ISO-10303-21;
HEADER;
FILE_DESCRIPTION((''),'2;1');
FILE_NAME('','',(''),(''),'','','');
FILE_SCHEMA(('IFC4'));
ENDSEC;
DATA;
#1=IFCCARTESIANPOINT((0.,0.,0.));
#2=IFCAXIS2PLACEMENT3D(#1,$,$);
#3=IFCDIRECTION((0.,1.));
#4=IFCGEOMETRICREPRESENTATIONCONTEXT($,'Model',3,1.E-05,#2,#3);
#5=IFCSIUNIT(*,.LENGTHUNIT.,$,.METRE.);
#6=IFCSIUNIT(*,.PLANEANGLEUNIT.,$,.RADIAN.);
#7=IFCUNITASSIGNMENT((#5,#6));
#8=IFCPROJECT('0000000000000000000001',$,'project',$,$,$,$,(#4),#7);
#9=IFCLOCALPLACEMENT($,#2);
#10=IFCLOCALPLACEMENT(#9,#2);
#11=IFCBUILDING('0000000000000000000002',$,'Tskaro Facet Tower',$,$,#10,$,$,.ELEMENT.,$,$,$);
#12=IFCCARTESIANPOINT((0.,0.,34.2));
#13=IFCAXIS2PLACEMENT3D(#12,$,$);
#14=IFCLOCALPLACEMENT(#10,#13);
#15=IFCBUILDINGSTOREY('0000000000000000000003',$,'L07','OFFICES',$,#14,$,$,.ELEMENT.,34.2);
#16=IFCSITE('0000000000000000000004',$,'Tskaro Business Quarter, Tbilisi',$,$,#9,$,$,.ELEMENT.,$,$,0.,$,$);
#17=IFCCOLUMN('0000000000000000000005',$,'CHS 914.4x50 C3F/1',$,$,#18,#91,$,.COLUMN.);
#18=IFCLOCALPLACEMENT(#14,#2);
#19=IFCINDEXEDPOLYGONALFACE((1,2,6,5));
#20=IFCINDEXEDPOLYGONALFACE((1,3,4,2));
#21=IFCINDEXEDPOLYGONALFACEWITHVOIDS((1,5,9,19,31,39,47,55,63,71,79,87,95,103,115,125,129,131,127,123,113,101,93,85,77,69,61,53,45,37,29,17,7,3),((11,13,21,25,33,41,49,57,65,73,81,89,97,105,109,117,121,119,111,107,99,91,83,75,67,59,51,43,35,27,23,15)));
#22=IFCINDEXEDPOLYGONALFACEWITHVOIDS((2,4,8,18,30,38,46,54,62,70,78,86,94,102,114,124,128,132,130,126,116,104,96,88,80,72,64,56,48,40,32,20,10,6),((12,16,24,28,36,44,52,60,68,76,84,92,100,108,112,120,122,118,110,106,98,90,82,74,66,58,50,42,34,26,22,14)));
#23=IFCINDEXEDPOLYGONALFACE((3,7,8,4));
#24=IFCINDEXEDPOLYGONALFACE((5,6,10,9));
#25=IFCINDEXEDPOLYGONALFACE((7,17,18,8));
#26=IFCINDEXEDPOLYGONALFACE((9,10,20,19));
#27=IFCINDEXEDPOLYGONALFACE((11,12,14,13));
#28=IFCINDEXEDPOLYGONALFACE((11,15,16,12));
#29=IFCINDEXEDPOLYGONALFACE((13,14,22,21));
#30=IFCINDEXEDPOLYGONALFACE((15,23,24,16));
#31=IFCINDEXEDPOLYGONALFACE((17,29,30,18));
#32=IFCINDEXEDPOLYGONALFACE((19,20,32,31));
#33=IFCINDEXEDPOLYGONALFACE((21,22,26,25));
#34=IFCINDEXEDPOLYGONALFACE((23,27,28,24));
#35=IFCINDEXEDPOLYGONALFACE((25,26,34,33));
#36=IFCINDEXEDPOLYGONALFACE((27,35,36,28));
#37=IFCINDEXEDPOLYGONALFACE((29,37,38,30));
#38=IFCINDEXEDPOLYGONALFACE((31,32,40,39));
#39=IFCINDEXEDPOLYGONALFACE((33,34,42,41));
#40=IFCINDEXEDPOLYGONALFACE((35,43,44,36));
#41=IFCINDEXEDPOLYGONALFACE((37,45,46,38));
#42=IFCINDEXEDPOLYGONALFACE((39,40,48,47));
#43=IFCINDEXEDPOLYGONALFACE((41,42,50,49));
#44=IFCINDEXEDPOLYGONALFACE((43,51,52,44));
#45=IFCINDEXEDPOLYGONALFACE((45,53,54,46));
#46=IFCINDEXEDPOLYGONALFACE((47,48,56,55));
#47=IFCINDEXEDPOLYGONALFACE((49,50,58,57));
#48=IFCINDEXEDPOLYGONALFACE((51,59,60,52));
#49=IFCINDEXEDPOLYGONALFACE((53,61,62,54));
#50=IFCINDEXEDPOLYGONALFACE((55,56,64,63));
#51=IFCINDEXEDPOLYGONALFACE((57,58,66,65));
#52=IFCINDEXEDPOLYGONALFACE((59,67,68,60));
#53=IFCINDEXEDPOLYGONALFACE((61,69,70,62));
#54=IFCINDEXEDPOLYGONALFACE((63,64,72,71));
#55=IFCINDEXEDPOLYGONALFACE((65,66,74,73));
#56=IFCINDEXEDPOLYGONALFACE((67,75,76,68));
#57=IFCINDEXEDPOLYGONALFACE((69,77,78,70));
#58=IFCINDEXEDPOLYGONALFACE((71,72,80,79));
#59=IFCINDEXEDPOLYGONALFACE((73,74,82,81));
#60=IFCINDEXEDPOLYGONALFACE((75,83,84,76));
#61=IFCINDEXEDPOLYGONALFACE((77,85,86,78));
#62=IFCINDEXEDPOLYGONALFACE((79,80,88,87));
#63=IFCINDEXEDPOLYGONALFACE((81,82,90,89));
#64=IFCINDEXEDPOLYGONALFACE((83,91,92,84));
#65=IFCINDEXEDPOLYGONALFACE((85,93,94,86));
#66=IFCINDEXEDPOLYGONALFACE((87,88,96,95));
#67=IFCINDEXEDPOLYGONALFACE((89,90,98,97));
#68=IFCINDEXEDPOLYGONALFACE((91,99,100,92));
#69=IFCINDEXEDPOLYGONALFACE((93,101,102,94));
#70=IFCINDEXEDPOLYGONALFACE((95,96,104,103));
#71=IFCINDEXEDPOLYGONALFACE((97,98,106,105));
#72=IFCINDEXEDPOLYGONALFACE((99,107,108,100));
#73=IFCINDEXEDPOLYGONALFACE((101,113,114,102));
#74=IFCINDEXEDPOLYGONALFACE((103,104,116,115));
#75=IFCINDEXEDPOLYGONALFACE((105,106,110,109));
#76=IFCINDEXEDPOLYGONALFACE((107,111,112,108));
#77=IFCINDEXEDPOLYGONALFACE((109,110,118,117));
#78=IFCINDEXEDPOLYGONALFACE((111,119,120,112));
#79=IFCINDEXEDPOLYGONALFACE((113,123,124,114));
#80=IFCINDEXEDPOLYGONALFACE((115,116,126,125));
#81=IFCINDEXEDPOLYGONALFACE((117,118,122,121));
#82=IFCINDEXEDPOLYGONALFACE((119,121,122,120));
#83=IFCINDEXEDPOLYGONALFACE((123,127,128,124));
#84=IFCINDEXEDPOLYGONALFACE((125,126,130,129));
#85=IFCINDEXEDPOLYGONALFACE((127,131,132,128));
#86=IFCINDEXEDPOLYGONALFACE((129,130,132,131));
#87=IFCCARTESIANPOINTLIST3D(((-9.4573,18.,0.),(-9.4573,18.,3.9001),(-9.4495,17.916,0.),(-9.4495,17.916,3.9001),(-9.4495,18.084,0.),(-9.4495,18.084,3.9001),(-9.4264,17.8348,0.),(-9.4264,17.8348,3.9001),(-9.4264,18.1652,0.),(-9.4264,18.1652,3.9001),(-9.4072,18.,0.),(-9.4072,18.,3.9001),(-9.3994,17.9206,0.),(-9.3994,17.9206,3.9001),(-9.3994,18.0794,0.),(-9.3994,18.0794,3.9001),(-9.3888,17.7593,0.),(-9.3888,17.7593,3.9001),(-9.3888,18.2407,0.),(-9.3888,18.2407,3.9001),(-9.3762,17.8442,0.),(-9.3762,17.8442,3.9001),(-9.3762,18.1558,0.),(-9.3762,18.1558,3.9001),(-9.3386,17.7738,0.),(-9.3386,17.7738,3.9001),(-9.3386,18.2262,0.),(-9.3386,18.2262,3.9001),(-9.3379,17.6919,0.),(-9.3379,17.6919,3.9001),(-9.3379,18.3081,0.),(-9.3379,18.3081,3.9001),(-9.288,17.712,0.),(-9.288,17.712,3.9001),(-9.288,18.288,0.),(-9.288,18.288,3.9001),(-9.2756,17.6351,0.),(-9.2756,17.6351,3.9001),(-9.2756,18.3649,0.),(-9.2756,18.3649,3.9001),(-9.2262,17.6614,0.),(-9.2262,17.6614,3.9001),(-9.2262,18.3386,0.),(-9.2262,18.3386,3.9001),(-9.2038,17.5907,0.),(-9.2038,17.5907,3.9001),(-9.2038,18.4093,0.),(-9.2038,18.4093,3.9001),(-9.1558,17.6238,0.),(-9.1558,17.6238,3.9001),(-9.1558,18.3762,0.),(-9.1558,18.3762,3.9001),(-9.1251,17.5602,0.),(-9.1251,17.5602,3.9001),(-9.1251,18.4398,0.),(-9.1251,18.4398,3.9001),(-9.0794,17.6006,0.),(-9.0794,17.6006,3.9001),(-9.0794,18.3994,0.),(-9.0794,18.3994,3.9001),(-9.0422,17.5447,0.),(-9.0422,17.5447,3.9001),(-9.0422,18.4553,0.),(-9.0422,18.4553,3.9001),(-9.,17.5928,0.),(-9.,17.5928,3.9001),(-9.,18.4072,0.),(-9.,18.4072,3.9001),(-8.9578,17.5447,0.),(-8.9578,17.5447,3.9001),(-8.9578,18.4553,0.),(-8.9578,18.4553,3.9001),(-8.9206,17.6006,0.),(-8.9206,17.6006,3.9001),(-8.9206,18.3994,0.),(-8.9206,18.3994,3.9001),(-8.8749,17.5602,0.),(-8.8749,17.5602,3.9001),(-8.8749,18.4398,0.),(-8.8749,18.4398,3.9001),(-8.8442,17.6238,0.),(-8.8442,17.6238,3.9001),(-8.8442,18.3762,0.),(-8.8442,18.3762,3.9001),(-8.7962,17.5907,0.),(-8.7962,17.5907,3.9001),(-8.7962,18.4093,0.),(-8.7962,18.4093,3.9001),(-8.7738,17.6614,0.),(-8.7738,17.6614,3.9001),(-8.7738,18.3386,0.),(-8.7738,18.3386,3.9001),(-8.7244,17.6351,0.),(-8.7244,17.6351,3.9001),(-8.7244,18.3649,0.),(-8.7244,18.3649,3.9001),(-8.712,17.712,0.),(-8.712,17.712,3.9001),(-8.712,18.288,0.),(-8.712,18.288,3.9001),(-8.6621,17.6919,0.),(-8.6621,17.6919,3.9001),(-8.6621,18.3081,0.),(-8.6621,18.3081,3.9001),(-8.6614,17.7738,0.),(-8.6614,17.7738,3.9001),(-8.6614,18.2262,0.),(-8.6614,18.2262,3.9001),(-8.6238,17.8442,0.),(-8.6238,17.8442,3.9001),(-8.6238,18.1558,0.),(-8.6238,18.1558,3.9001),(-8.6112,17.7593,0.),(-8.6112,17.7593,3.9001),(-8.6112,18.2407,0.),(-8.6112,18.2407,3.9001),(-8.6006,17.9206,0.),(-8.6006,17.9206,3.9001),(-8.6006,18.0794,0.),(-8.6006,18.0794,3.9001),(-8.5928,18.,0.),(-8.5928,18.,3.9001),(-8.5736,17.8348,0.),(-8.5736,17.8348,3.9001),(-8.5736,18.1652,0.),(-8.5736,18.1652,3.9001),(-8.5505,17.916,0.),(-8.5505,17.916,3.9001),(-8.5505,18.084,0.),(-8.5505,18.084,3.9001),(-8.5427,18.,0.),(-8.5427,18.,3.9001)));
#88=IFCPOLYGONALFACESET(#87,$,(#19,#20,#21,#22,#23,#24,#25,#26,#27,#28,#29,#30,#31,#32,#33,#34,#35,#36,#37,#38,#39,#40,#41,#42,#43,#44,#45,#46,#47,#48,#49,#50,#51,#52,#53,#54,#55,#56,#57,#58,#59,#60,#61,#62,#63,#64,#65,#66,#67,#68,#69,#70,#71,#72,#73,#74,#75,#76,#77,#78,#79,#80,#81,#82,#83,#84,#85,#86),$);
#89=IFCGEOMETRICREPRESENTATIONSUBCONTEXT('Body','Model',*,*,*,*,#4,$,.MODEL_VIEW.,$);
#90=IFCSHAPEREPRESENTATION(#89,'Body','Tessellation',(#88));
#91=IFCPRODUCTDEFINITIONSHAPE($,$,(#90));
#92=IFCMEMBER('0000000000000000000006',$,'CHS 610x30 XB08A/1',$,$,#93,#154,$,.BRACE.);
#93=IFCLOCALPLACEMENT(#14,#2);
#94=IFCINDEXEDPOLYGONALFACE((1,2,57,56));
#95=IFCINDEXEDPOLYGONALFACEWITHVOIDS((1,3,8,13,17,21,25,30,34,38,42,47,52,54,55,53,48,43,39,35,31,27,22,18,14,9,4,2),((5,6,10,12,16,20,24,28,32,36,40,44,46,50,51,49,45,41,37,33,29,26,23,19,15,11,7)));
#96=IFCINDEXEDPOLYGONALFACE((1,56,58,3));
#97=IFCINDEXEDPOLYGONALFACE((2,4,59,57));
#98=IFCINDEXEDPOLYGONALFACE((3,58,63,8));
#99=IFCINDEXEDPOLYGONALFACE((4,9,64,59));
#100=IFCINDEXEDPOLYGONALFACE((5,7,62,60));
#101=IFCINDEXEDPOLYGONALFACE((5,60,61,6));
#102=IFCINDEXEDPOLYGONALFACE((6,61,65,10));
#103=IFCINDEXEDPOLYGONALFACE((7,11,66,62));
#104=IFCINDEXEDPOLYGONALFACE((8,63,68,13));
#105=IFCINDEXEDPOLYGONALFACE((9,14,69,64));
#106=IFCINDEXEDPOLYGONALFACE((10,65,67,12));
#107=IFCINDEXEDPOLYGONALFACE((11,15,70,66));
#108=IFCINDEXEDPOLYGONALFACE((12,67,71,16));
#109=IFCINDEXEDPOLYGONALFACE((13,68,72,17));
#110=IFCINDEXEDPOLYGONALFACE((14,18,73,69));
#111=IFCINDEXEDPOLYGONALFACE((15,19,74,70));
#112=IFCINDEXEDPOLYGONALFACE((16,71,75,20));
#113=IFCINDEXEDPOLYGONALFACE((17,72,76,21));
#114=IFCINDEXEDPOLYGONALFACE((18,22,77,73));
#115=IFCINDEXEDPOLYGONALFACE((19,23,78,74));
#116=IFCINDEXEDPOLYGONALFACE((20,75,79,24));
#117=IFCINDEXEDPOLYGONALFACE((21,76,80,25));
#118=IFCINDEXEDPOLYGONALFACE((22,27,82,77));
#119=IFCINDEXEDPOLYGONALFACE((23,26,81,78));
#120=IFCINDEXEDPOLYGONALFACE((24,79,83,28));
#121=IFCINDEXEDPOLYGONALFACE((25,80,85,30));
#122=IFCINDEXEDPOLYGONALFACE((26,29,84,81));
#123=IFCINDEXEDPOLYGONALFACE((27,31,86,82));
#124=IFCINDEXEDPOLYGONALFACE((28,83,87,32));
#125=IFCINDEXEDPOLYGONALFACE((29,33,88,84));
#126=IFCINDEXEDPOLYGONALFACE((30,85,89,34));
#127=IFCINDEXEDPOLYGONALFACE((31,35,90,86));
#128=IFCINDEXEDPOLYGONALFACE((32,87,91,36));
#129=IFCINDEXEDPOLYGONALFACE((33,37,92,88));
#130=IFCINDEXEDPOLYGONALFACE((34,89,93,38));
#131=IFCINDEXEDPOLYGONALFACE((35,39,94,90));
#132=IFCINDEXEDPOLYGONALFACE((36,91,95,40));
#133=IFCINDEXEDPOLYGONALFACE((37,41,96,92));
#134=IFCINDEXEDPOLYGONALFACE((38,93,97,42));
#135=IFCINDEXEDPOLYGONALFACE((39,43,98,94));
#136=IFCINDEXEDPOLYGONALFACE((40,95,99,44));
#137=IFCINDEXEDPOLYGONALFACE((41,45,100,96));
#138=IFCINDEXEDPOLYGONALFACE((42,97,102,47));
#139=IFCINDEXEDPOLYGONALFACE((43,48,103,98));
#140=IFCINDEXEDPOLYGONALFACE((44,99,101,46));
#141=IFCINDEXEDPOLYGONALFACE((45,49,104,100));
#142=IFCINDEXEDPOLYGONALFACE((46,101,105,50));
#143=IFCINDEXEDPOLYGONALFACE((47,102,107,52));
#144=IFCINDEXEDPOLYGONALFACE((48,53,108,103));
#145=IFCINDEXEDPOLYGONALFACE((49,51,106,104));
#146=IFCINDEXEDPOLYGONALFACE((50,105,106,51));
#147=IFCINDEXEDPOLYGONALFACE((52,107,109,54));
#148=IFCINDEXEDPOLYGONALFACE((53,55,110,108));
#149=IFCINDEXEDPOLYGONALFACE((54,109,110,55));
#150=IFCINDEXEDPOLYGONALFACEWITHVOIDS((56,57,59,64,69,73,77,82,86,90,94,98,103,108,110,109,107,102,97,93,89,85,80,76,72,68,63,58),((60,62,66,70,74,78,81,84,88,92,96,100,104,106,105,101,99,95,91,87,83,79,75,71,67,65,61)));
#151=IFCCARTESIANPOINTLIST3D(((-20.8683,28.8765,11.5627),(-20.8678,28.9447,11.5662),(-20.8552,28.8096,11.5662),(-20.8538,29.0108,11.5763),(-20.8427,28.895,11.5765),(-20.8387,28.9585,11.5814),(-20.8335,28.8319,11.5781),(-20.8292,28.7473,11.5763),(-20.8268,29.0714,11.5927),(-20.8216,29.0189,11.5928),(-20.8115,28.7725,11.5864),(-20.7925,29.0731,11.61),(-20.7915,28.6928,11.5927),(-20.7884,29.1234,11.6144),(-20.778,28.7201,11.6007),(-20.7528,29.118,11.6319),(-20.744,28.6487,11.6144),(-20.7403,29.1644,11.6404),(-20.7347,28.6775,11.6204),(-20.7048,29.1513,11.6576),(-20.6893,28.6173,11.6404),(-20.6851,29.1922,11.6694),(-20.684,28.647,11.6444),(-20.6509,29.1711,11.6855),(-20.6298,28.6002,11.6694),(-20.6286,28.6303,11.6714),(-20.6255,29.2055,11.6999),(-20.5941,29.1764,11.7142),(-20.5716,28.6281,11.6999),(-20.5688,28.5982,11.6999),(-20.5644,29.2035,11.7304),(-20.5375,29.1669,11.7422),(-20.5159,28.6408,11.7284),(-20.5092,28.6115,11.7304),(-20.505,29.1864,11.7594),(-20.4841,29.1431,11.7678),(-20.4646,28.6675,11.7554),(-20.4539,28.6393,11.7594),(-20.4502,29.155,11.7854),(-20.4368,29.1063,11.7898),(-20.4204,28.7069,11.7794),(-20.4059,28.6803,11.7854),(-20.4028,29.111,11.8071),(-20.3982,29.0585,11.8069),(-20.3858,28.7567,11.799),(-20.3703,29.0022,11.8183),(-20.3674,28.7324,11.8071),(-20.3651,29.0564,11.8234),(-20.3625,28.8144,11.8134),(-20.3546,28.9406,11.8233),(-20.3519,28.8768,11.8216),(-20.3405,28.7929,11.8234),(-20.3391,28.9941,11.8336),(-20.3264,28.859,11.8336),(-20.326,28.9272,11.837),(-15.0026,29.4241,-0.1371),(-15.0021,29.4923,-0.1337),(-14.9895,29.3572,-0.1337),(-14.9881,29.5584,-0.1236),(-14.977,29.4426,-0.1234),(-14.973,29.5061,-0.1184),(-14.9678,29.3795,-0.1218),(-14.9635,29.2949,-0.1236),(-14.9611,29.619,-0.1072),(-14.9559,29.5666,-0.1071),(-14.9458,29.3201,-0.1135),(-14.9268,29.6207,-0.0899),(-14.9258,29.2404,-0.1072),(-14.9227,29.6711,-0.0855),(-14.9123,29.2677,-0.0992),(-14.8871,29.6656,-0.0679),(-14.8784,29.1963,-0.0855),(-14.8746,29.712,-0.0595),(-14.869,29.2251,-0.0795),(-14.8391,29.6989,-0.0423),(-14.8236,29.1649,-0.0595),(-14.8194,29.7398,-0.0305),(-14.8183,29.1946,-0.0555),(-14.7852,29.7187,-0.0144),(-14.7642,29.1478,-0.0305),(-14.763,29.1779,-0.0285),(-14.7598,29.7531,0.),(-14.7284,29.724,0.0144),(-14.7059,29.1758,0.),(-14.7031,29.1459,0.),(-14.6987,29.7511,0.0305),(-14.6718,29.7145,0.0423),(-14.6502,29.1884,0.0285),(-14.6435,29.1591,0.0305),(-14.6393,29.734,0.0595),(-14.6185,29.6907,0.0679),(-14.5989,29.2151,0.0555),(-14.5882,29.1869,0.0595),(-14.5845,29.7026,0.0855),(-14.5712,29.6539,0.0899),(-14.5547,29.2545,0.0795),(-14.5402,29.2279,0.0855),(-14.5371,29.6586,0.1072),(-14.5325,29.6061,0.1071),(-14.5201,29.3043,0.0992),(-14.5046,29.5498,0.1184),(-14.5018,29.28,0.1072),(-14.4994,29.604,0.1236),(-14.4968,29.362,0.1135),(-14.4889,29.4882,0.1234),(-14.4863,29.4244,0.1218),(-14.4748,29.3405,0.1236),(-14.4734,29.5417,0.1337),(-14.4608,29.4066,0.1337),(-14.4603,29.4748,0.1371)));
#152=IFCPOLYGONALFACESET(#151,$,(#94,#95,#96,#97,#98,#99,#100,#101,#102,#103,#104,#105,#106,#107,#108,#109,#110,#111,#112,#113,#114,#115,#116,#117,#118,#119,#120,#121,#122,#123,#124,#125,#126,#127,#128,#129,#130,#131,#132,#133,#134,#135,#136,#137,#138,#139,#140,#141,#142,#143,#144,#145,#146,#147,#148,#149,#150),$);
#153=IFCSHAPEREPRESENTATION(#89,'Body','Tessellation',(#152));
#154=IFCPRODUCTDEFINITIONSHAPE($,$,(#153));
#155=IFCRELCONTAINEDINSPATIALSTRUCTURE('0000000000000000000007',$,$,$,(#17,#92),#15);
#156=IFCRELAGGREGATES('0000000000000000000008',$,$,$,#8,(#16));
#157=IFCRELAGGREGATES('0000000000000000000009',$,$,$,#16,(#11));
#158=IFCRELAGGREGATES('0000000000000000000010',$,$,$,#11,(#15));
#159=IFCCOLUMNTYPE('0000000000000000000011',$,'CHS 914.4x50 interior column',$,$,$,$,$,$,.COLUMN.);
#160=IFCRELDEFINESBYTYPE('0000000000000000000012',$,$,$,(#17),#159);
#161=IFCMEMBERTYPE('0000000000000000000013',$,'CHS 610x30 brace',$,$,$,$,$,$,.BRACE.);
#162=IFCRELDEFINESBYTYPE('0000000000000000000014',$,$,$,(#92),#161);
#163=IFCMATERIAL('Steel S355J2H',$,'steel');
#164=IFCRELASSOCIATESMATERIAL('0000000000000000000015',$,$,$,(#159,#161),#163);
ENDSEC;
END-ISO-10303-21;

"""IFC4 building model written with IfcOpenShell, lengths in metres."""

from ifc_helpers import new_model, si_unit, direction, frame, origin, origin_2d, place, context, subcontext, project, spatial, hollow_circle, extrude, material, material_profile, profile_set, type_object, element, save


model = new_model("IFC4")

# Units and contexts
model_context = context("Model", 3, precision=1e-05, world=origin(), true_north=direction((0.0, 1.0)))
body_context = subcontext(model_context, "Body", "Model", "MODEL_VIEW")
ifc_project = project(units=[si_unit("LENGTHUNIT", "METRE"), si_unit("PLANEANGLEUNIT", "RADIAN")], contexts=[model_context])

# Site, building, storey
site_placement = place(None, origin())
site = spatial("IfcSite", under=ifc_project, at=site_placement, Name="Tskaro Business Quarter, Tbilisi", CompositionType="ELEMENT", RefElevation=0.0)
building_placement = place(site_placement, origin())
building = spatial("IfcBuilding", under=site, at=building_placement, Name="Tskaro Facet Tower", CompositionType="ELEMENT")
storey_placement = place(building_placement, frame((0.0, 0.0, 34.2)))
storey = spatial("IfcBuildingStorey", under=building, at=storey_placement, Name="L07", Description="OFFICES", CompositionType="ELEMENT", Elevation=34.2)

# Column
ifc_material_1 = material(Name="Steel S355J2H", Category="steel")
ifc_material_profile_1 = material_profile(ifc_material_1, hollow_circle(Radius=0.4573, WallThickness=0.05, at=origin_2d()), Name="CHS 914.4x50")
ifc_profile_set_1 = profile_set([ifc_material_profile_1], Name="Steel S355J2H")
column_type_1 = type_object("IfcColumnType", Name="CHS 914.4x50 interior column", PredefinedType="COLUMN", material=ifc_profile_set_1)
column_1_placement = place(storey_placement, frame((-9.0, 18.0, 0.0), z_axis=(0.0, 0.0, 1.0), x_axis=(1.0, 0.0, 0.0)))
element("IfcColumn", 1, at=column_1_placement, inside=storey, type_object=column_type_1, Name="CHS 914.4x50 C3F/1", PredefinedType="COLUMN", context=body_context, shape_type="SweptSolid", body=[
    extrude(hollow_circle(Radius=0.4573, WallThickness=0.05, at=origin_2d()), origin(), (0.0, 0.0, 1.0), 3.9001),
])

# Member
ifc_material_profile_2 = material_profile(ifc_material_1, hollow_circle(Radius=0.3049, WallThickness=0.03, at=origin_2d()), Name="CHS 610x30")
ifc_profile_set_2 = profile_set([ifc_material_profile_2], Name="Steel S355J2H")
member_type_1 = type_object("IfcMemberType", Name="CHS 610x30 brace", PredefinedType="BRACE", material=ifc_profile_set_2)
member_1_placement = place(storey_placement, frame((-14.7314, 29.4495, 0.0), z_axis=(-0.447784, -0.041804, 0.893164), x_axis=(0.092953, -0.99567, 0.0)))
element("IfcMember", 2, at=member_1_placement, inside=storey, type_object=member_type_1, Name="CHS 610x30 XB08A/1", PredefinedType="BRACE", context=body_context, shape_type="SweptSolid", body=[
    extrude(hollow_circle(Radius=0.3049, WallThickness=0.03, at=origin_2d()), origin(), (0.0, 0.0, 1.0), 13.0994),
])

save(model, "model.ifc")
